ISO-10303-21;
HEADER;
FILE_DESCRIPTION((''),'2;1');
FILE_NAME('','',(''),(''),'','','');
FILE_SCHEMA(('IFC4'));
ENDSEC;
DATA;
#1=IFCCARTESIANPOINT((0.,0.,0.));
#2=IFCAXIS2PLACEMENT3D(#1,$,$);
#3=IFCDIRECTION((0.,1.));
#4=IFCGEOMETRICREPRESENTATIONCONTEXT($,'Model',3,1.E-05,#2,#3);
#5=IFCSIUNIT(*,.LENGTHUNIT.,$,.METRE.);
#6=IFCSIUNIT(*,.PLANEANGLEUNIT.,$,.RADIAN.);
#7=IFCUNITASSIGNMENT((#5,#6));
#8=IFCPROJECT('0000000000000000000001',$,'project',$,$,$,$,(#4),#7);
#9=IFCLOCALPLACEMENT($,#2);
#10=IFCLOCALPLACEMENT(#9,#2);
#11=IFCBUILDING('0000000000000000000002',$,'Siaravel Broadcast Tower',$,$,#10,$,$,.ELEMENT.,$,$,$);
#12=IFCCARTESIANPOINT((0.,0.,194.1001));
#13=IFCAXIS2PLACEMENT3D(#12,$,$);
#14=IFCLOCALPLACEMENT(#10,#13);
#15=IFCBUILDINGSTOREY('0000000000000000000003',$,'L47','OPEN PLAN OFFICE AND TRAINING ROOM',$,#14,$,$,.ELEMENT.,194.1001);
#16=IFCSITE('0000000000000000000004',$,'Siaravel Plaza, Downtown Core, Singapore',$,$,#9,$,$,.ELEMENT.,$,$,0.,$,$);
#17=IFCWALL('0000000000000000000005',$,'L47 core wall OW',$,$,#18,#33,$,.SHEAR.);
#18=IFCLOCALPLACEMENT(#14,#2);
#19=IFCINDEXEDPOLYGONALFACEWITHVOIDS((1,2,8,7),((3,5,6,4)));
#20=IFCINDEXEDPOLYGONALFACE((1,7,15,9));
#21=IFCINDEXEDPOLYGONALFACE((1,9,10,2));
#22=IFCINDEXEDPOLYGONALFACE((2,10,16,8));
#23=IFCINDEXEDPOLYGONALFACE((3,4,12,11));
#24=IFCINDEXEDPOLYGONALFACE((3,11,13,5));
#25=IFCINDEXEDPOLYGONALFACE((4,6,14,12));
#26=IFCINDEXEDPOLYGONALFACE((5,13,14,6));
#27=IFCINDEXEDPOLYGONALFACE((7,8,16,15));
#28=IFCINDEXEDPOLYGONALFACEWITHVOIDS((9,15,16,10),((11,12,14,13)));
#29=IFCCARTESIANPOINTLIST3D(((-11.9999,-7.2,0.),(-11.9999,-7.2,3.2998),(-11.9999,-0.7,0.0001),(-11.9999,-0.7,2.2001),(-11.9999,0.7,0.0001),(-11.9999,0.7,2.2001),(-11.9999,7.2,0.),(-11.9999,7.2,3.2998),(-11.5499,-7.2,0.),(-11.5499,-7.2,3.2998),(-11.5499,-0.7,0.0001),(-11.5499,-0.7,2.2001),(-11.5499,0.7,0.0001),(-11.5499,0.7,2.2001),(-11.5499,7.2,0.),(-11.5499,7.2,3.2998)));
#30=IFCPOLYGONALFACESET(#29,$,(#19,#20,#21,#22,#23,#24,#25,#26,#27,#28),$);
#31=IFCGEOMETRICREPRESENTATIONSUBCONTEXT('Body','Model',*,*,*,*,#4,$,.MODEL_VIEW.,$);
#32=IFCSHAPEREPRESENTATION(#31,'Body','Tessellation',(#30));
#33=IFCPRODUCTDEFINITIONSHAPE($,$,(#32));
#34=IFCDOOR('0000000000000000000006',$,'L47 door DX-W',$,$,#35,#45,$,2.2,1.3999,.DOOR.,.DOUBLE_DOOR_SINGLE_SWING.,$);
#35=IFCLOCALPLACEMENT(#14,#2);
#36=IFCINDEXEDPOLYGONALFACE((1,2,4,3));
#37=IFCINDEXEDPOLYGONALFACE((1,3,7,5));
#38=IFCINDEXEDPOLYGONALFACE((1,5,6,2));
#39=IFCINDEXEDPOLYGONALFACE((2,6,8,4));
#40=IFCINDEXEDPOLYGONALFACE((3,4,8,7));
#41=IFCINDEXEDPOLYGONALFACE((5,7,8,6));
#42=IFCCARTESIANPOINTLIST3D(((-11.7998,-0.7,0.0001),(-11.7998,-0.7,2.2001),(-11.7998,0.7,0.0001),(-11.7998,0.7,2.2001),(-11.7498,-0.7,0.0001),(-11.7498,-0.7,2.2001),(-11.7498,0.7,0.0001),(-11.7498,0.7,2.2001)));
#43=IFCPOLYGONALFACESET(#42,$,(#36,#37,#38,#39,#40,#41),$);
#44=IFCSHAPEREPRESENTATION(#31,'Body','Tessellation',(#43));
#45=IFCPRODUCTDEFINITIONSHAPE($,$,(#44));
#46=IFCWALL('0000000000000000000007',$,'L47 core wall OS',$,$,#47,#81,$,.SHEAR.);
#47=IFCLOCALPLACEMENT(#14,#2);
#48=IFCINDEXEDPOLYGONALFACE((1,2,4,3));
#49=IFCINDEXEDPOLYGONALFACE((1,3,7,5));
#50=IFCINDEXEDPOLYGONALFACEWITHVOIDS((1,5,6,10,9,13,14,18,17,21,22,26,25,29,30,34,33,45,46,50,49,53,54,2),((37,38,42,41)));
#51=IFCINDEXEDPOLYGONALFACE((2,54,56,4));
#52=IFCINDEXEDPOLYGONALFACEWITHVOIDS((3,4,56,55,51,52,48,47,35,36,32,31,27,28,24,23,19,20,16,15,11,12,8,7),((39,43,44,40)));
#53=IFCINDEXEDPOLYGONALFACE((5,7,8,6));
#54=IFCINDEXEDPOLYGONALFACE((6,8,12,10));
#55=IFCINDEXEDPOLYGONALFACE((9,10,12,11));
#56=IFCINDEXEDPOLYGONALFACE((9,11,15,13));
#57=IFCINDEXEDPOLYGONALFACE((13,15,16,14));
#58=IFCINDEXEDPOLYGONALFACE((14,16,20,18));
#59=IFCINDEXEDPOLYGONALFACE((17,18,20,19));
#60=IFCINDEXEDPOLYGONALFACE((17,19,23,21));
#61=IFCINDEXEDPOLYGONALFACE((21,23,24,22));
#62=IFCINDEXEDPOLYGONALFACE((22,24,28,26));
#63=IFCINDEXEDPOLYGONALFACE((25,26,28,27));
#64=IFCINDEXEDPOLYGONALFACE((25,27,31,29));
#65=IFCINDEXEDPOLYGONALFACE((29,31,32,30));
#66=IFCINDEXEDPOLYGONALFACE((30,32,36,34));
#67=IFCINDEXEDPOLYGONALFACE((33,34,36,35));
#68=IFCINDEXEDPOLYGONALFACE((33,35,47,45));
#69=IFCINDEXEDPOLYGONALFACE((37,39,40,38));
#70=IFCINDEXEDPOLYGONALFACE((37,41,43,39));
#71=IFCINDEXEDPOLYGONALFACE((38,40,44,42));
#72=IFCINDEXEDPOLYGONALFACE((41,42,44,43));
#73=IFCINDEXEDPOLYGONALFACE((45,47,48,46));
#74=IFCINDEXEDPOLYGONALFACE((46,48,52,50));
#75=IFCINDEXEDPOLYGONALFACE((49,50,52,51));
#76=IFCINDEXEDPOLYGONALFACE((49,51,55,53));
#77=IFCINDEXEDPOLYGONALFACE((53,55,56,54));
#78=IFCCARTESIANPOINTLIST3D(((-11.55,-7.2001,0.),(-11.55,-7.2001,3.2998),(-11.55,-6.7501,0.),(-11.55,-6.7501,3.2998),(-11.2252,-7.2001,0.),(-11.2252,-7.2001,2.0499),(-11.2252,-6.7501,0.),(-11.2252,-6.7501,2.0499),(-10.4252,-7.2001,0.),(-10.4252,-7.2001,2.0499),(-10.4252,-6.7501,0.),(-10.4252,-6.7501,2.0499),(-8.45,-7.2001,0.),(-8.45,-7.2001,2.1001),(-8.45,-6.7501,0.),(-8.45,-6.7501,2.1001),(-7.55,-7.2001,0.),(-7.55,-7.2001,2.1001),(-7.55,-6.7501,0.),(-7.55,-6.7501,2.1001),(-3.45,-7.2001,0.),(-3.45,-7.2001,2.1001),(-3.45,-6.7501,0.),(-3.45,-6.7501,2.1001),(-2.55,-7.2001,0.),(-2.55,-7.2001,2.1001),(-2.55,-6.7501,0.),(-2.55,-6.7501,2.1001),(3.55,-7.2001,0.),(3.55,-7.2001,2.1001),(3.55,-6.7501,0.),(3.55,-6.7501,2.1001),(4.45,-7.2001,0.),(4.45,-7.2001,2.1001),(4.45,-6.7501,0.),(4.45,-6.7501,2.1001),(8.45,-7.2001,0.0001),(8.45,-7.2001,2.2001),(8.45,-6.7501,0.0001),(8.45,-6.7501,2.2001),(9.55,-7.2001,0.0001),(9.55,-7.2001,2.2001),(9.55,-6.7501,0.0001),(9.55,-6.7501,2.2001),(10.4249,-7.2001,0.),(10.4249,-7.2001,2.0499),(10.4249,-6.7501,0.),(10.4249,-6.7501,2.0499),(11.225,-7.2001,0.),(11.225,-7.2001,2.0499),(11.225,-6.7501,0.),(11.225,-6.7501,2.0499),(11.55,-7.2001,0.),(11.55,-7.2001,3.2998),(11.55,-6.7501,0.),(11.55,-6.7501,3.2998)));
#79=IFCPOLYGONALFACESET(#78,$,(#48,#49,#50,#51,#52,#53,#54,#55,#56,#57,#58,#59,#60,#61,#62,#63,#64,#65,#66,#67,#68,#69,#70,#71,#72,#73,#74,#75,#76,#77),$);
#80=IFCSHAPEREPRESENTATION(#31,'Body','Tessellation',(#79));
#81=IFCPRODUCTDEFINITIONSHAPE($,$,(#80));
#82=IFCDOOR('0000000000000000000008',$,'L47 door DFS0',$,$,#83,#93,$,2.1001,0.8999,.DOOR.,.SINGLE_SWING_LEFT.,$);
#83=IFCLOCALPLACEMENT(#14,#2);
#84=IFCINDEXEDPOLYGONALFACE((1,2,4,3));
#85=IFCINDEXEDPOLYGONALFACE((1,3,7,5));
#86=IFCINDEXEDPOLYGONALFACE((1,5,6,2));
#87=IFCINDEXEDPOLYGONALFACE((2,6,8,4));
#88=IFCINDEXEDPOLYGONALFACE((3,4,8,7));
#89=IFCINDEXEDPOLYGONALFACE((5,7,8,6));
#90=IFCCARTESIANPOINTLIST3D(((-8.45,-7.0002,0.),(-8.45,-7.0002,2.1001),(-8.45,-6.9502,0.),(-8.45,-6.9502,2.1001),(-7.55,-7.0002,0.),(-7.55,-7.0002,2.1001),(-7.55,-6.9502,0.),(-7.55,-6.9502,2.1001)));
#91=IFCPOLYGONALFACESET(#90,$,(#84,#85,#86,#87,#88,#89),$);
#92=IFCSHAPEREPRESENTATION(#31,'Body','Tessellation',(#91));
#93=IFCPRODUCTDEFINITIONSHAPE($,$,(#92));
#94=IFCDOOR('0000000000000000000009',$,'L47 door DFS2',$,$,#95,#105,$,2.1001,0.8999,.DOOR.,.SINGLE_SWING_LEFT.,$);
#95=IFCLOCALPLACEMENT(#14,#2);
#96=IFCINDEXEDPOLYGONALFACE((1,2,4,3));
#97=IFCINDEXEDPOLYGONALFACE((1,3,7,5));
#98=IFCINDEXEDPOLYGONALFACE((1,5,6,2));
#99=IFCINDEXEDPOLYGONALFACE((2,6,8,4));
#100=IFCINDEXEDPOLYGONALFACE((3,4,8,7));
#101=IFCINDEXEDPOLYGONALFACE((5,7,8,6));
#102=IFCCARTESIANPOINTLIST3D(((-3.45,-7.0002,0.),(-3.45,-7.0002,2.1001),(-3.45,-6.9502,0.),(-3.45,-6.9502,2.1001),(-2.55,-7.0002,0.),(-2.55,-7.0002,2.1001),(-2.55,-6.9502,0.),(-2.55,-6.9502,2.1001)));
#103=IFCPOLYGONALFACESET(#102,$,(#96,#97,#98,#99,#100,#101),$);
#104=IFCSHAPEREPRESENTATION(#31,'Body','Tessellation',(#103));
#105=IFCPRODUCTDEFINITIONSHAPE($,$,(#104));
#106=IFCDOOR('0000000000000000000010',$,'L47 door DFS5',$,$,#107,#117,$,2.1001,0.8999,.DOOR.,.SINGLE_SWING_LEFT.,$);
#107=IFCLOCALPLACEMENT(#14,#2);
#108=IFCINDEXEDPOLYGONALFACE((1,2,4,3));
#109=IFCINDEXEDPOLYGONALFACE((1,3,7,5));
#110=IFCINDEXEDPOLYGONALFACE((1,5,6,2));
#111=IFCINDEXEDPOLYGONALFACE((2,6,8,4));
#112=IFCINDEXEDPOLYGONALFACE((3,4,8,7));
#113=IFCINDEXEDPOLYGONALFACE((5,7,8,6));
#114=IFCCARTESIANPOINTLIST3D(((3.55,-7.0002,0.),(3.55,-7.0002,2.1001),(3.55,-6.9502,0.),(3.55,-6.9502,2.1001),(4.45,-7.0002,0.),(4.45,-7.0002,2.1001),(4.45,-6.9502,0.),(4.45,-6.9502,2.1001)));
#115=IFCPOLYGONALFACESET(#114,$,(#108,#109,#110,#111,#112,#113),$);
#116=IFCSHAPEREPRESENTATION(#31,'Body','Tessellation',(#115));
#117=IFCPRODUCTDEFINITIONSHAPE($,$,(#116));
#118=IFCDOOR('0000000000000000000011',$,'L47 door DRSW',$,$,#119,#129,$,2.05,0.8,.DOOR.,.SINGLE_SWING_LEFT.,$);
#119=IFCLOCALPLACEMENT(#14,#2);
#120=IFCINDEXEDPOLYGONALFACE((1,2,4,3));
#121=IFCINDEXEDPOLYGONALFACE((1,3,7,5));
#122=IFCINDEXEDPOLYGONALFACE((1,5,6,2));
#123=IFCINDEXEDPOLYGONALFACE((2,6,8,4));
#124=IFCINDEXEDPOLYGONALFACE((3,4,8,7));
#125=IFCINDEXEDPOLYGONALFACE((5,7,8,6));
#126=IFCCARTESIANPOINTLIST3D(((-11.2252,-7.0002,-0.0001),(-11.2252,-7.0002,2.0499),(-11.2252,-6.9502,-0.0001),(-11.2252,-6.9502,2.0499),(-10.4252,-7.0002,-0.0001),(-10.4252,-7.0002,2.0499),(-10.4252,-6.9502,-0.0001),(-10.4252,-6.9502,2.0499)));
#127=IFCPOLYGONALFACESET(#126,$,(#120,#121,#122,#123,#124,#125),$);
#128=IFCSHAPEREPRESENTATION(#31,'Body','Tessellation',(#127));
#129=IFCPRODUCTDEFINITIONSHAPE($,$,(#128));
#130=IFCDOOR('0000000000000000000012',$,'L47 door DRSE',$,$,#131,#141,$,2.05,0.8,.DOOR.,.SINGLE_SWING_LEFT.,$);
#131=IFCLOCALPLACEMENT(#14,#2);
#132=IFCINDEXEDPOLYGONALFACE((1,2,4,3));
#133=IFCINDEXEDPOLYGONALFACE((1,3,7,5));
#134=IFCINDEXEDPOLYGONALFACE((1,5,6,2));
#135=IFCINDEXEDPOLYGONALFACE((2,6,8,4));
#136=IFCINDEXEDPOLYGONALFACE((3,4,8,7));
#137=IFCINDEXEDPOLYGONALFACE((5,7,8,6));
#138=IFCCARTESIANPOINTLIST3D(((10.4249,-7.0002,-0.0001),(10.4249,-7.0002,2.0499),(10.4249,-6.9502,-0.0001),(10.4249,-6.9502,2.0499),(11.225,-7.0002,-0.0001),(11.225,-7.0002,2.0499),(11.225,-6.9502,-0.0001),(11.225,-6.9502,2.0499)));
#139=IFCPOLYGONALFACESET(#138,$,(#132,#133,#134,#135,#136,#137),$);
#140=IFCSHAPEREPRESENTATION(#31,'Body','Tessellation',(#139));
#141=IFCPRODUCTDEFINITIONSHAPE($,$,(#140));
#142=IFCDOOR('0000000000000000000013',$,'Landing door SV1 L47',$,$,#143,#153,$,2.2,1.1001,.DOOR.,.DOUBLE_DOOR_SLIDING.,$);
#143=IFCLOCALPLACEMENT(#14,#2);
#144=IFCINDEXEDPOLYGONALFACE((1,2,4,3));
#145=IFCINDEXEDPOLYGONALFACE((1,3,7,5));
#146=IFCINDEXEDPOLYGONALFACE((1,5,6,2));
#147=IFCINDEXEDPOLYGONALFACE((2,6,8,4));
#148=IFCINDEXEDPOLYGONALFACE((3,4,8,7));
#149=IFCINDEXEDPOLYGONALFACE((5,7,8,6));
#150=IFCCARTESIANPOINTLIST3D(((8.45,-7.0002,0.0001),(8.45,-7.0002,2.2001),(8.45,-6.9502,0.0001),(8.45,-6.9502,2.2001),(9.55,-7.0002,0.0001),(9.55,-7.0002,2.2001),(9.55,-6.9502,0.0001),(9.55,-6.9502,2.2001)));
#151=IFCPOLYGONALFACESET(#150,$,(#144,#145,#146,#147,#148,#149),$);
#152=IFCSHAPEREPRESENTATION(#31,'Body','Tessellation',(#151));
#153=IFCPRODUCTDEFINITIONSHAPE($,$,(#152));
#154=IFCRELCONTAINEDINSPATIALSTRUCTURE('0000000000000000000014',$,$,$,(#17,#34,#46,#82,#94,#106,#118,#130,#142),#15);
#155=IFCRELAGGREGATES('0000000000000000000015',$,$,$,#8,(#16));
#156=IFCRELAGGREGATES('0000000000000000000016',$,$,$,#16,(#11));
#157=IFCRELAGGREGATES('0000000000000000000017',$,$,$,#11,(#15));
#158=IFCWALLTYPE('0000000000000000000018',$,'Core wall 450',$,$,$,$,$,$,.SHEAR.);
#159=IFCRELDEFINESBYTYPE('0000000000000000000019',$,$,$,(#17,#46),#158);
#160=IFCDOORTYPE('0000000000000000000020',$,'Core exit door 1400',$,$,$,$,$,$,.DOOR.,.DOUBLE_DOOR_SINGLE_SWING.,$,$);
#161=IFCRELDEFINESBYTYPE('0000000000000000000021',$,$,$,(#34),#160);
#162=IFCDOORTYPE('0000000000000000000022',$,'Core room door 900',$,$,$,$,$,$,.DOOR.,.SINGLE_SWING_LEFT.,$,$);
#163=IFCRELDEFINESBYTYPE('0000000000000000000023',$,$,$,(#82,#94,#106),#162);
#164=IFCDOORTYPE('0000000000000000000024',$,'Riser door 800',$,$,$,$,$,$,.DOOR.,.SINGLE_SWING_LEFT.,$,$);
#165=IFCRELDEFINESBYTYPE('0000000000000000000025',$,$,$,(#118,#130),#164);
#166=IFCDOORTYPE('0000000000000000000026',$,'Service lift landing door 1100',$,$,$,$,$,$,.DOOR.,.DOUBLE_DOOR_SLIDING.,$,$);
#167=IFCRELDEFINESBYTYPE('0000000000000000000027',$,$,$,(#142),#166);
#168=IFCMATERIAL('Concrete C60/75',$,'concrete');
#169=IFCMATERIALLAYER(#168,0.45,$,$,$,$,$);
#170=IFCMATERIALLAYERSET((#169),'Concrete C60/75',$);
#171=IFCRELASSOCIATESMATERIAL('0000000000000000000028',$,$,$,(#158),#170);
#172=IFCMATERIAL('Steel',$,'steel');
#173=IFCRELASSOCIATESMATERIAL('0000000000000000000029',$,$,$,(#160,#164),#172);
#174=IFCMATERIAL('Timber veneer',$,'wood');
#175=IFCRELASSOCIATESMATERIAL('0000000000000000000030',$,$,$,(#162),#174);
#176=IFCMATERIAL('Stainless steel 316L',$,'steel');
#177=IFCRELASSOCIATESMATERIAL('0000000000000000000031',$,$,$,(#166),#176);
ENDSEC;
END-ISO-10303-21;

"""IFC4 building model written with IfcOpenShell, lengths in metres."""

from ifc_helpers import new_model, si_unit, direction, frame, frame_2d, origin, place, context, subcontext, project, spatial, rectangle, extrude, material, layer, layer_set, type_object, element, fill, save


model = new_model("IFC4")

# Units and contexts
model_context = context("Model", 3, precision=1e-05, world=origin(), true_north=direction((0.0, 1.0)))
body_context = subcontext(model_context, "Body", "Model", "MODEL_VIEW")
ifc_project = project(units=[si_unit("LENGTHUNIT", "METRE"), si_unit("PLANEANGLEUNIT", "RADIAN")], contexts=[model_context])

# Site, building, storey
site_placement = place(None, origin())
site = spatial("IfcSite", under=ifc_project, at=site_placement, Name="Siaravel Plaza, Downtown Core, Singapore", CompositionType="ELEMENT", RefElevation=0.0)
building_placement = place(site_placement, origin())
building = spatial("IfcBuilding", under=site, at=building_placement, Name="Siaravel Broadcast Tower", CompositionType="ELEMENT")
storey_placement = place(building_placement, frame((0.0, 0.0, 194.1001)))
storey = spatial("IfcBuildingStorey", under=building, at=storey_placement, Name="L47", Description="OPEN PLAN OFFICE AND TRAINING ROOM", CompositionType="ELEMENT", Elevation=194.1001)

# Shared definitions
ifc_material_1 = material(Name="Concrete C60/75", Category="concrete")

# Wall, opening, door
ifc_layer_1 = layer(ifc_material_1, 0.45)
ifc_layer_set_1 = layer_set([ifc_layer_1], Name="Concrete C60/75")
wall_type_1 = type_object("IfcWallType", Name="Core wall 450", PredefinedType="SHEAR", material=ifc_layer_set_1)
wall_1_placement = place(storey_placement, frame((-11.7749, -7.2, 0.0), z_axis=(0.0, 0.0, 1.0), x_axis=(0.0, 1.0, 0.0)))
wall_1 = element("IfcWall", 1, at=wall_1_placement, inside=storey, type_object=wall_type_1, Name="L47 core wall OW", PredefinedType="SHEAR", context=body_context, shape_type="SweptSolid", body=[
    extrude(rectangle(XDim=14.3999, YDim=0.45, at=frame_2d((7.2, 0.0))), origin(), (0.0, 0.0, 1.0), 3.2998),
])
opening_1_placement = place(wall_1_placement, frame((6.5, 0.0, 0.0)))
opening_1 = element("IfcOpeningElement", 2, at=opening_1_placement, cuts=wall_1, PredefinedType="OPENING", context=body_context, shape_type="SweptSolid", body=[
    extrude(rectangle(XDim=1.3999, YDim=2.2, at=frame_2d((0.7, 1.1001))), frame((0.0, 0.2349, 0.0), z_axis=(0.0, -1.0, 0.0), x_axis=(1.0, 0.0, 0.0)), (0.0, 0.0, 1.0), 0.47),
])
ifc_material_2 = material(Name="Steel", Category="steel")
door_type_1 = type_object("IfcDoorType", Name="Core exit door 1400", OperationType="DOUBLE_DOOR_SINGLE_SWING", PredefinedType="DOOR", material=ifc_material_2)
door_1_placement = place(opening_1_placement, origin())
door_1 = element("IfcDoor", 3, at=door_1_placement, inside=storey, type_object=door_type_1, Name="L47 door DX-W", OperationType="DOUBLE_DOOR_SINGLE_SWING", OverallHeight=2.2, OverallWidth=1.3999, PredefinedType="DOOR", context=body_context, shape_type="SweptSolid", body=[
    extrude(rectangle(XDim=1.3999, YDim=2.2, at=frame_2d((0.7, 1.1001))), frame((0.0, 0.0249, 0.0), z_axis=(0.0, -1.0, 0.0), x_axis=(1.0, 0.0, 0.0)), (0.0, 0.0, 1.0), 0.05),
])
fill(opening_1, door_1)

# Wall, openings, doors
wall_2_placement = place(storey_placement, frame((-11.55, -6.9751, 0.0), z_axis=(0.0, 0.0, 1.0), x_axis=(1.0, 0.0, 0.0)))
wall_2 = element("IfcWall", 4, at=wall_2_placement, inside=storey, type_object=wall_type_1, Name="L47 core wall OS", PredefinedType="SHEAR", context=body_context, shape_type="SweptSolid", body=[
    extrude(rectangle(XDim=23.1001, YDim=0.45, at=frame_2d((11.55, 0.0))), origin(), (0.0, 0.0, 1.0), 3.2998),
])
opening_2_placement = place(wall_2_placement, frame((20.0, 0.0, 0.0)))
opening_2 = element("IfcOpeningElement", 5, at=opening_2_placement, cuts=wall_2, PredefinedType="OPENING", context=body_context, shape_type="SweptSolid", body=[
    extrude(rectangle(XDim=1.1001, YDim=2.2, at=frame_2d((0.55, 1.1001))), frame((0.0, 0.2349, 0.0), z_axis=(0.0, -1.0, 0.0), x_axis=(1.0, 0.0, 0.0)), (0.0, 0.0, 1.0), 0.47),
])
opening_3_placement = place(wall_2_placement, frame((3.1001, 0.0, 0.0)))
opening_3 = element("IfcOpeningElement", 6, at=opening_3_placement, cuts=wall_2, PredefinedType="OPENING", context=body_context, shape_type="SweptSolid", body=[
    extrude(rectangle(XDim=0.8999, YDim=2.1001, at=frame_2d((0.45, 1.05))), frame((0.0, 0.2349, 0.0), z_axis=(0.0, -1.0, 0.0), x_axis=(1.0, 0.0, 0.0)), (0.0, 0.0, 1.0), 0.47),
])
opening_4_placement = place(wall_2_placement, frame((8.1001, 0.0, 0.0)))
opening_4 = element("IfcOpeningElement", 7, at=opening_4_placement, cuts=wall_2, PredefinedType="OPENING", context=body_context, shape_type="SweptSolid", body=[
    extrude(rectangle(XDim=0.8999, YDim=2.1001, at=frame_2d((0.45, 1.05))), frame((0.0, 0.2349, 0.0), z_axis=(0.0, -1.0, 0.0), x_axis=(1.0, 0.0, 0.0)), (0.0, 0.0, 1.0), 0.47),
])
opening_5_placement = place(wall_2_placement, frame((15.1001, 0.0, 0.0)))
opening_5 = element("IfcOpeningElement", 8, at=opening_5_placement, cuts=wall_2, PredefinedType="OPENING", context=body_context, shape_type="SweptSolid", body=[
    extrude(rectangle(XDim=0.8999, YDim=2.1001, at=frame_2d((0.45, 1.05))), frame((0.0, 0.2349, 0.0), z_axis=(0.0, -1.0, 0.0), x_axis=(1.0, 0.0, 0.0)), (0.0, 0.0, 1.0), 0.47),
])
opening_6_placement = place(wall_2_placement, frame((0.325, 0.0, 0.0)))
opening_6 = element("IfcOpeningElement", 9, at=opening_6_placement, cuts=wall_2, PredefinedType="OPENING", context=body_context, shape_type="SweptSolid", body=[
    extrude(rectangle(XDim=0.8, YDim=2.05, at=frame_2d((0.3999, 1.0249))), frame((0.0, 0.2349, 0.0), z_axis=(0.0, -1.0, 0.0), x_axis=(1.0, 0.0, 0.0)), (0.0, 0.0, 1.0), 0.47),
])
opening_7_placement = place(wall_2_placement, frame((21.9751, 0.0, 0.0)))
opening_7 = element("IfcOpeningElement", 10, at=opening_7_placement, cuts=wall_2, PredefinedType="OPENING", context=body_context, shape_type="SweptSolid", body=[
    extrude(rectangle(XDim=0.8, YDim=2.05, at=frame_2d((0.3999, 1.0249))), frame((0.0, 0.2349, 0.0), z_axis=(0.0, -1.0, 0.0), x_axis=(1.0, 0.0, 0.0)), (0.0, 0.0, 1.0), 0.47),
])
ifc_material_3 = material(Name="Timber veneer", Category="wood")
door_type_2 = type_object("IfcDoorType", Name="Core room door 900", OperationType="SINGLE_SWING_LEFT", PredefinedType="DOOR", material=ifc_material_3)
door_2_placement = place(opening_3_placement, origin())
door_2 = element("IfcDoor", 11, at=door_2_placement, inside=storey, type_object=door_type_2, Name="L47 door DFS0", OperationType="SINGLE_SWING_LEFT", OverallHeight=2.1001, OverallWidth=0.8999, PredefinedType="DOOR", context=body_context, shape_type="SweptSolid", body=[
    extrude(rectangle(XDim=0.8999, YDim=2.1001, at=frame_2d((0.45, 1.05))), frame((0.0, 0.0249, 0.0), z_axis=(0.0, -1.0, 0.0), x_axis=(1.0, 0.0, 0.0)), (0.0, 0.0, 1.0), 0.05),
])
fill(opening_3, door_2)
door_3_placement = place(opening_4_placement, origin())
door_3 = element("IfcDoor", 12, at=door_3_placement, inside=storey, type_object=door_type_2, Name="L47 door DFS2", OperationType="SINGLE_SWING_LEFT", OverallHeight=2.1001, OverallWidth=0.8999, PredefinedType="DOOR", context=body_context, shape_type="SweptSolid", body=[
    extrude(rectangle(XDim=0.8999, YDim=2.1001, at=frame_2d((0.45, 1.05))), frame((0.0, 0.0249, 0.0), z_axis=(0.0, -1.0, 0.0), x_axis=(1.0, 0.0, 0.0)), (0.0, 0.0, 1.0), 0.05),
])
fill(opening_4, door_3)
door_4_placement = place(opening_5_placement, origin())
door_4 = element("IfcDoor", 13, at=door_4_placement, inside=storey, type_object=door_type_2, Name="L47 door DFS5", OperationType="SINGLE_SWING_LEFT", OverallHeight=2.1001, OverallWidth=0.8999, PredefinedType="DOOR", context=body_context, shape_type="SweptSolid", body=[
    extrude(rectangle(XDim=0.8999, YDim=2.1001, at=frame_2d((0.45, 1.05))), frame((0.0, 0.0249, 0.0), z_axis=(0.0, -1.0, 0.0), x_axis=(1.0, 0.0, 0.0)), (0.0, 0.0, 1.0), 0.05),
])
fill(opening_5, door_4)
door_type_3 = type_object("IfcDoorType", Name="Riser door 800", OperationType="SINGLE_SWING_LEFT", PredefinedType="DOOR", material=ifc_material_2)
door_5_placement = place(opening_6_placement, origin())
door_5 = element("IfcDoor", 14, at=door_5_placement, inside=storey, type_object=door_type_3, Name="L47 door DRSW", OperationType="SINGLE_SWING_LEFT", OverallHeight=2.05, OverallWidth=0.8, PredefinedType="DOOR", context=body_context, shape_type="SweptSolid", body=[
    extrude(rectangle(XDim=0.8, YDim=2.05, at=frame_2d((0.3999, 1.0249))), frame((0.0, 0.0249, 0.0), z_axis=(0.0, -1.0, 0.0), x_axis=(1.0, 0.0, 0.0)), (0.0, 0.0, 1.0), 0.05),
])
fill(opening_6, door_5)
door_6_placement = place(opening_7_placement, origin())
door_6 = element("IfcDoor", 15, at=door_6_placement, inside=storey, type_object=door_type_3, Name="L47 door DRSE", OperationType="SINGLE_SWING_LEFT", OverallHeight=2.05, OverallWidth=0.8, PredefinedType="DOOR", context=body_context, shape_type="SweptSolid", body=[
    extrude(rectangle(XDim=0.8, YDim=2.05, at=frame_2d((0.3999, 1.0249))), frame((0.0, 0.0249, 0.0), z_axis=(0.0, -1.0, 0.0), x_axis=(1.0, 0.0, 0.0)), (0.0, 0.0, 1.0), 0.05),
])
fill(opening_7, door_6)
ifc_material_4 = material(Name="Stainless steel 316L", Category="steel")
door_type_4 = type_object("IfcDoorType", Name="Service lift landing door 1100", OperationType="DOUBLE_DOOR_SLIDING", PredefinedType="DOOR", material=ifc_material_4)
door_7_placement = place(opening_2_placement, origin())
door_7 = element("IfcDoor", 16, at=door_7_placement, inside=storey, type_object=door_type_4, Name="Landing door SV1 L47", OperationType="DOUBLE_DOOR_SLIDING", OverallHeight=2.2, OverallWidth=1.1001, PredefinedType="DOOR", context=body_context, shape_type="SweptSolid", body=[
    extrude(rectangle(XDim=1.1001, YDim=2.2, at=frame_2d((0.55, 1.1001))), frame((0.0, 0.0249, 0.0), z_axis=(0.0, -1.0, 0.0), x_axis=(1.0, 0.0, 0.0)), (0.0, 0.0, 1.0), 0.05),
])
fill(opening_2, door_7)

save(model, "model.ifc")
